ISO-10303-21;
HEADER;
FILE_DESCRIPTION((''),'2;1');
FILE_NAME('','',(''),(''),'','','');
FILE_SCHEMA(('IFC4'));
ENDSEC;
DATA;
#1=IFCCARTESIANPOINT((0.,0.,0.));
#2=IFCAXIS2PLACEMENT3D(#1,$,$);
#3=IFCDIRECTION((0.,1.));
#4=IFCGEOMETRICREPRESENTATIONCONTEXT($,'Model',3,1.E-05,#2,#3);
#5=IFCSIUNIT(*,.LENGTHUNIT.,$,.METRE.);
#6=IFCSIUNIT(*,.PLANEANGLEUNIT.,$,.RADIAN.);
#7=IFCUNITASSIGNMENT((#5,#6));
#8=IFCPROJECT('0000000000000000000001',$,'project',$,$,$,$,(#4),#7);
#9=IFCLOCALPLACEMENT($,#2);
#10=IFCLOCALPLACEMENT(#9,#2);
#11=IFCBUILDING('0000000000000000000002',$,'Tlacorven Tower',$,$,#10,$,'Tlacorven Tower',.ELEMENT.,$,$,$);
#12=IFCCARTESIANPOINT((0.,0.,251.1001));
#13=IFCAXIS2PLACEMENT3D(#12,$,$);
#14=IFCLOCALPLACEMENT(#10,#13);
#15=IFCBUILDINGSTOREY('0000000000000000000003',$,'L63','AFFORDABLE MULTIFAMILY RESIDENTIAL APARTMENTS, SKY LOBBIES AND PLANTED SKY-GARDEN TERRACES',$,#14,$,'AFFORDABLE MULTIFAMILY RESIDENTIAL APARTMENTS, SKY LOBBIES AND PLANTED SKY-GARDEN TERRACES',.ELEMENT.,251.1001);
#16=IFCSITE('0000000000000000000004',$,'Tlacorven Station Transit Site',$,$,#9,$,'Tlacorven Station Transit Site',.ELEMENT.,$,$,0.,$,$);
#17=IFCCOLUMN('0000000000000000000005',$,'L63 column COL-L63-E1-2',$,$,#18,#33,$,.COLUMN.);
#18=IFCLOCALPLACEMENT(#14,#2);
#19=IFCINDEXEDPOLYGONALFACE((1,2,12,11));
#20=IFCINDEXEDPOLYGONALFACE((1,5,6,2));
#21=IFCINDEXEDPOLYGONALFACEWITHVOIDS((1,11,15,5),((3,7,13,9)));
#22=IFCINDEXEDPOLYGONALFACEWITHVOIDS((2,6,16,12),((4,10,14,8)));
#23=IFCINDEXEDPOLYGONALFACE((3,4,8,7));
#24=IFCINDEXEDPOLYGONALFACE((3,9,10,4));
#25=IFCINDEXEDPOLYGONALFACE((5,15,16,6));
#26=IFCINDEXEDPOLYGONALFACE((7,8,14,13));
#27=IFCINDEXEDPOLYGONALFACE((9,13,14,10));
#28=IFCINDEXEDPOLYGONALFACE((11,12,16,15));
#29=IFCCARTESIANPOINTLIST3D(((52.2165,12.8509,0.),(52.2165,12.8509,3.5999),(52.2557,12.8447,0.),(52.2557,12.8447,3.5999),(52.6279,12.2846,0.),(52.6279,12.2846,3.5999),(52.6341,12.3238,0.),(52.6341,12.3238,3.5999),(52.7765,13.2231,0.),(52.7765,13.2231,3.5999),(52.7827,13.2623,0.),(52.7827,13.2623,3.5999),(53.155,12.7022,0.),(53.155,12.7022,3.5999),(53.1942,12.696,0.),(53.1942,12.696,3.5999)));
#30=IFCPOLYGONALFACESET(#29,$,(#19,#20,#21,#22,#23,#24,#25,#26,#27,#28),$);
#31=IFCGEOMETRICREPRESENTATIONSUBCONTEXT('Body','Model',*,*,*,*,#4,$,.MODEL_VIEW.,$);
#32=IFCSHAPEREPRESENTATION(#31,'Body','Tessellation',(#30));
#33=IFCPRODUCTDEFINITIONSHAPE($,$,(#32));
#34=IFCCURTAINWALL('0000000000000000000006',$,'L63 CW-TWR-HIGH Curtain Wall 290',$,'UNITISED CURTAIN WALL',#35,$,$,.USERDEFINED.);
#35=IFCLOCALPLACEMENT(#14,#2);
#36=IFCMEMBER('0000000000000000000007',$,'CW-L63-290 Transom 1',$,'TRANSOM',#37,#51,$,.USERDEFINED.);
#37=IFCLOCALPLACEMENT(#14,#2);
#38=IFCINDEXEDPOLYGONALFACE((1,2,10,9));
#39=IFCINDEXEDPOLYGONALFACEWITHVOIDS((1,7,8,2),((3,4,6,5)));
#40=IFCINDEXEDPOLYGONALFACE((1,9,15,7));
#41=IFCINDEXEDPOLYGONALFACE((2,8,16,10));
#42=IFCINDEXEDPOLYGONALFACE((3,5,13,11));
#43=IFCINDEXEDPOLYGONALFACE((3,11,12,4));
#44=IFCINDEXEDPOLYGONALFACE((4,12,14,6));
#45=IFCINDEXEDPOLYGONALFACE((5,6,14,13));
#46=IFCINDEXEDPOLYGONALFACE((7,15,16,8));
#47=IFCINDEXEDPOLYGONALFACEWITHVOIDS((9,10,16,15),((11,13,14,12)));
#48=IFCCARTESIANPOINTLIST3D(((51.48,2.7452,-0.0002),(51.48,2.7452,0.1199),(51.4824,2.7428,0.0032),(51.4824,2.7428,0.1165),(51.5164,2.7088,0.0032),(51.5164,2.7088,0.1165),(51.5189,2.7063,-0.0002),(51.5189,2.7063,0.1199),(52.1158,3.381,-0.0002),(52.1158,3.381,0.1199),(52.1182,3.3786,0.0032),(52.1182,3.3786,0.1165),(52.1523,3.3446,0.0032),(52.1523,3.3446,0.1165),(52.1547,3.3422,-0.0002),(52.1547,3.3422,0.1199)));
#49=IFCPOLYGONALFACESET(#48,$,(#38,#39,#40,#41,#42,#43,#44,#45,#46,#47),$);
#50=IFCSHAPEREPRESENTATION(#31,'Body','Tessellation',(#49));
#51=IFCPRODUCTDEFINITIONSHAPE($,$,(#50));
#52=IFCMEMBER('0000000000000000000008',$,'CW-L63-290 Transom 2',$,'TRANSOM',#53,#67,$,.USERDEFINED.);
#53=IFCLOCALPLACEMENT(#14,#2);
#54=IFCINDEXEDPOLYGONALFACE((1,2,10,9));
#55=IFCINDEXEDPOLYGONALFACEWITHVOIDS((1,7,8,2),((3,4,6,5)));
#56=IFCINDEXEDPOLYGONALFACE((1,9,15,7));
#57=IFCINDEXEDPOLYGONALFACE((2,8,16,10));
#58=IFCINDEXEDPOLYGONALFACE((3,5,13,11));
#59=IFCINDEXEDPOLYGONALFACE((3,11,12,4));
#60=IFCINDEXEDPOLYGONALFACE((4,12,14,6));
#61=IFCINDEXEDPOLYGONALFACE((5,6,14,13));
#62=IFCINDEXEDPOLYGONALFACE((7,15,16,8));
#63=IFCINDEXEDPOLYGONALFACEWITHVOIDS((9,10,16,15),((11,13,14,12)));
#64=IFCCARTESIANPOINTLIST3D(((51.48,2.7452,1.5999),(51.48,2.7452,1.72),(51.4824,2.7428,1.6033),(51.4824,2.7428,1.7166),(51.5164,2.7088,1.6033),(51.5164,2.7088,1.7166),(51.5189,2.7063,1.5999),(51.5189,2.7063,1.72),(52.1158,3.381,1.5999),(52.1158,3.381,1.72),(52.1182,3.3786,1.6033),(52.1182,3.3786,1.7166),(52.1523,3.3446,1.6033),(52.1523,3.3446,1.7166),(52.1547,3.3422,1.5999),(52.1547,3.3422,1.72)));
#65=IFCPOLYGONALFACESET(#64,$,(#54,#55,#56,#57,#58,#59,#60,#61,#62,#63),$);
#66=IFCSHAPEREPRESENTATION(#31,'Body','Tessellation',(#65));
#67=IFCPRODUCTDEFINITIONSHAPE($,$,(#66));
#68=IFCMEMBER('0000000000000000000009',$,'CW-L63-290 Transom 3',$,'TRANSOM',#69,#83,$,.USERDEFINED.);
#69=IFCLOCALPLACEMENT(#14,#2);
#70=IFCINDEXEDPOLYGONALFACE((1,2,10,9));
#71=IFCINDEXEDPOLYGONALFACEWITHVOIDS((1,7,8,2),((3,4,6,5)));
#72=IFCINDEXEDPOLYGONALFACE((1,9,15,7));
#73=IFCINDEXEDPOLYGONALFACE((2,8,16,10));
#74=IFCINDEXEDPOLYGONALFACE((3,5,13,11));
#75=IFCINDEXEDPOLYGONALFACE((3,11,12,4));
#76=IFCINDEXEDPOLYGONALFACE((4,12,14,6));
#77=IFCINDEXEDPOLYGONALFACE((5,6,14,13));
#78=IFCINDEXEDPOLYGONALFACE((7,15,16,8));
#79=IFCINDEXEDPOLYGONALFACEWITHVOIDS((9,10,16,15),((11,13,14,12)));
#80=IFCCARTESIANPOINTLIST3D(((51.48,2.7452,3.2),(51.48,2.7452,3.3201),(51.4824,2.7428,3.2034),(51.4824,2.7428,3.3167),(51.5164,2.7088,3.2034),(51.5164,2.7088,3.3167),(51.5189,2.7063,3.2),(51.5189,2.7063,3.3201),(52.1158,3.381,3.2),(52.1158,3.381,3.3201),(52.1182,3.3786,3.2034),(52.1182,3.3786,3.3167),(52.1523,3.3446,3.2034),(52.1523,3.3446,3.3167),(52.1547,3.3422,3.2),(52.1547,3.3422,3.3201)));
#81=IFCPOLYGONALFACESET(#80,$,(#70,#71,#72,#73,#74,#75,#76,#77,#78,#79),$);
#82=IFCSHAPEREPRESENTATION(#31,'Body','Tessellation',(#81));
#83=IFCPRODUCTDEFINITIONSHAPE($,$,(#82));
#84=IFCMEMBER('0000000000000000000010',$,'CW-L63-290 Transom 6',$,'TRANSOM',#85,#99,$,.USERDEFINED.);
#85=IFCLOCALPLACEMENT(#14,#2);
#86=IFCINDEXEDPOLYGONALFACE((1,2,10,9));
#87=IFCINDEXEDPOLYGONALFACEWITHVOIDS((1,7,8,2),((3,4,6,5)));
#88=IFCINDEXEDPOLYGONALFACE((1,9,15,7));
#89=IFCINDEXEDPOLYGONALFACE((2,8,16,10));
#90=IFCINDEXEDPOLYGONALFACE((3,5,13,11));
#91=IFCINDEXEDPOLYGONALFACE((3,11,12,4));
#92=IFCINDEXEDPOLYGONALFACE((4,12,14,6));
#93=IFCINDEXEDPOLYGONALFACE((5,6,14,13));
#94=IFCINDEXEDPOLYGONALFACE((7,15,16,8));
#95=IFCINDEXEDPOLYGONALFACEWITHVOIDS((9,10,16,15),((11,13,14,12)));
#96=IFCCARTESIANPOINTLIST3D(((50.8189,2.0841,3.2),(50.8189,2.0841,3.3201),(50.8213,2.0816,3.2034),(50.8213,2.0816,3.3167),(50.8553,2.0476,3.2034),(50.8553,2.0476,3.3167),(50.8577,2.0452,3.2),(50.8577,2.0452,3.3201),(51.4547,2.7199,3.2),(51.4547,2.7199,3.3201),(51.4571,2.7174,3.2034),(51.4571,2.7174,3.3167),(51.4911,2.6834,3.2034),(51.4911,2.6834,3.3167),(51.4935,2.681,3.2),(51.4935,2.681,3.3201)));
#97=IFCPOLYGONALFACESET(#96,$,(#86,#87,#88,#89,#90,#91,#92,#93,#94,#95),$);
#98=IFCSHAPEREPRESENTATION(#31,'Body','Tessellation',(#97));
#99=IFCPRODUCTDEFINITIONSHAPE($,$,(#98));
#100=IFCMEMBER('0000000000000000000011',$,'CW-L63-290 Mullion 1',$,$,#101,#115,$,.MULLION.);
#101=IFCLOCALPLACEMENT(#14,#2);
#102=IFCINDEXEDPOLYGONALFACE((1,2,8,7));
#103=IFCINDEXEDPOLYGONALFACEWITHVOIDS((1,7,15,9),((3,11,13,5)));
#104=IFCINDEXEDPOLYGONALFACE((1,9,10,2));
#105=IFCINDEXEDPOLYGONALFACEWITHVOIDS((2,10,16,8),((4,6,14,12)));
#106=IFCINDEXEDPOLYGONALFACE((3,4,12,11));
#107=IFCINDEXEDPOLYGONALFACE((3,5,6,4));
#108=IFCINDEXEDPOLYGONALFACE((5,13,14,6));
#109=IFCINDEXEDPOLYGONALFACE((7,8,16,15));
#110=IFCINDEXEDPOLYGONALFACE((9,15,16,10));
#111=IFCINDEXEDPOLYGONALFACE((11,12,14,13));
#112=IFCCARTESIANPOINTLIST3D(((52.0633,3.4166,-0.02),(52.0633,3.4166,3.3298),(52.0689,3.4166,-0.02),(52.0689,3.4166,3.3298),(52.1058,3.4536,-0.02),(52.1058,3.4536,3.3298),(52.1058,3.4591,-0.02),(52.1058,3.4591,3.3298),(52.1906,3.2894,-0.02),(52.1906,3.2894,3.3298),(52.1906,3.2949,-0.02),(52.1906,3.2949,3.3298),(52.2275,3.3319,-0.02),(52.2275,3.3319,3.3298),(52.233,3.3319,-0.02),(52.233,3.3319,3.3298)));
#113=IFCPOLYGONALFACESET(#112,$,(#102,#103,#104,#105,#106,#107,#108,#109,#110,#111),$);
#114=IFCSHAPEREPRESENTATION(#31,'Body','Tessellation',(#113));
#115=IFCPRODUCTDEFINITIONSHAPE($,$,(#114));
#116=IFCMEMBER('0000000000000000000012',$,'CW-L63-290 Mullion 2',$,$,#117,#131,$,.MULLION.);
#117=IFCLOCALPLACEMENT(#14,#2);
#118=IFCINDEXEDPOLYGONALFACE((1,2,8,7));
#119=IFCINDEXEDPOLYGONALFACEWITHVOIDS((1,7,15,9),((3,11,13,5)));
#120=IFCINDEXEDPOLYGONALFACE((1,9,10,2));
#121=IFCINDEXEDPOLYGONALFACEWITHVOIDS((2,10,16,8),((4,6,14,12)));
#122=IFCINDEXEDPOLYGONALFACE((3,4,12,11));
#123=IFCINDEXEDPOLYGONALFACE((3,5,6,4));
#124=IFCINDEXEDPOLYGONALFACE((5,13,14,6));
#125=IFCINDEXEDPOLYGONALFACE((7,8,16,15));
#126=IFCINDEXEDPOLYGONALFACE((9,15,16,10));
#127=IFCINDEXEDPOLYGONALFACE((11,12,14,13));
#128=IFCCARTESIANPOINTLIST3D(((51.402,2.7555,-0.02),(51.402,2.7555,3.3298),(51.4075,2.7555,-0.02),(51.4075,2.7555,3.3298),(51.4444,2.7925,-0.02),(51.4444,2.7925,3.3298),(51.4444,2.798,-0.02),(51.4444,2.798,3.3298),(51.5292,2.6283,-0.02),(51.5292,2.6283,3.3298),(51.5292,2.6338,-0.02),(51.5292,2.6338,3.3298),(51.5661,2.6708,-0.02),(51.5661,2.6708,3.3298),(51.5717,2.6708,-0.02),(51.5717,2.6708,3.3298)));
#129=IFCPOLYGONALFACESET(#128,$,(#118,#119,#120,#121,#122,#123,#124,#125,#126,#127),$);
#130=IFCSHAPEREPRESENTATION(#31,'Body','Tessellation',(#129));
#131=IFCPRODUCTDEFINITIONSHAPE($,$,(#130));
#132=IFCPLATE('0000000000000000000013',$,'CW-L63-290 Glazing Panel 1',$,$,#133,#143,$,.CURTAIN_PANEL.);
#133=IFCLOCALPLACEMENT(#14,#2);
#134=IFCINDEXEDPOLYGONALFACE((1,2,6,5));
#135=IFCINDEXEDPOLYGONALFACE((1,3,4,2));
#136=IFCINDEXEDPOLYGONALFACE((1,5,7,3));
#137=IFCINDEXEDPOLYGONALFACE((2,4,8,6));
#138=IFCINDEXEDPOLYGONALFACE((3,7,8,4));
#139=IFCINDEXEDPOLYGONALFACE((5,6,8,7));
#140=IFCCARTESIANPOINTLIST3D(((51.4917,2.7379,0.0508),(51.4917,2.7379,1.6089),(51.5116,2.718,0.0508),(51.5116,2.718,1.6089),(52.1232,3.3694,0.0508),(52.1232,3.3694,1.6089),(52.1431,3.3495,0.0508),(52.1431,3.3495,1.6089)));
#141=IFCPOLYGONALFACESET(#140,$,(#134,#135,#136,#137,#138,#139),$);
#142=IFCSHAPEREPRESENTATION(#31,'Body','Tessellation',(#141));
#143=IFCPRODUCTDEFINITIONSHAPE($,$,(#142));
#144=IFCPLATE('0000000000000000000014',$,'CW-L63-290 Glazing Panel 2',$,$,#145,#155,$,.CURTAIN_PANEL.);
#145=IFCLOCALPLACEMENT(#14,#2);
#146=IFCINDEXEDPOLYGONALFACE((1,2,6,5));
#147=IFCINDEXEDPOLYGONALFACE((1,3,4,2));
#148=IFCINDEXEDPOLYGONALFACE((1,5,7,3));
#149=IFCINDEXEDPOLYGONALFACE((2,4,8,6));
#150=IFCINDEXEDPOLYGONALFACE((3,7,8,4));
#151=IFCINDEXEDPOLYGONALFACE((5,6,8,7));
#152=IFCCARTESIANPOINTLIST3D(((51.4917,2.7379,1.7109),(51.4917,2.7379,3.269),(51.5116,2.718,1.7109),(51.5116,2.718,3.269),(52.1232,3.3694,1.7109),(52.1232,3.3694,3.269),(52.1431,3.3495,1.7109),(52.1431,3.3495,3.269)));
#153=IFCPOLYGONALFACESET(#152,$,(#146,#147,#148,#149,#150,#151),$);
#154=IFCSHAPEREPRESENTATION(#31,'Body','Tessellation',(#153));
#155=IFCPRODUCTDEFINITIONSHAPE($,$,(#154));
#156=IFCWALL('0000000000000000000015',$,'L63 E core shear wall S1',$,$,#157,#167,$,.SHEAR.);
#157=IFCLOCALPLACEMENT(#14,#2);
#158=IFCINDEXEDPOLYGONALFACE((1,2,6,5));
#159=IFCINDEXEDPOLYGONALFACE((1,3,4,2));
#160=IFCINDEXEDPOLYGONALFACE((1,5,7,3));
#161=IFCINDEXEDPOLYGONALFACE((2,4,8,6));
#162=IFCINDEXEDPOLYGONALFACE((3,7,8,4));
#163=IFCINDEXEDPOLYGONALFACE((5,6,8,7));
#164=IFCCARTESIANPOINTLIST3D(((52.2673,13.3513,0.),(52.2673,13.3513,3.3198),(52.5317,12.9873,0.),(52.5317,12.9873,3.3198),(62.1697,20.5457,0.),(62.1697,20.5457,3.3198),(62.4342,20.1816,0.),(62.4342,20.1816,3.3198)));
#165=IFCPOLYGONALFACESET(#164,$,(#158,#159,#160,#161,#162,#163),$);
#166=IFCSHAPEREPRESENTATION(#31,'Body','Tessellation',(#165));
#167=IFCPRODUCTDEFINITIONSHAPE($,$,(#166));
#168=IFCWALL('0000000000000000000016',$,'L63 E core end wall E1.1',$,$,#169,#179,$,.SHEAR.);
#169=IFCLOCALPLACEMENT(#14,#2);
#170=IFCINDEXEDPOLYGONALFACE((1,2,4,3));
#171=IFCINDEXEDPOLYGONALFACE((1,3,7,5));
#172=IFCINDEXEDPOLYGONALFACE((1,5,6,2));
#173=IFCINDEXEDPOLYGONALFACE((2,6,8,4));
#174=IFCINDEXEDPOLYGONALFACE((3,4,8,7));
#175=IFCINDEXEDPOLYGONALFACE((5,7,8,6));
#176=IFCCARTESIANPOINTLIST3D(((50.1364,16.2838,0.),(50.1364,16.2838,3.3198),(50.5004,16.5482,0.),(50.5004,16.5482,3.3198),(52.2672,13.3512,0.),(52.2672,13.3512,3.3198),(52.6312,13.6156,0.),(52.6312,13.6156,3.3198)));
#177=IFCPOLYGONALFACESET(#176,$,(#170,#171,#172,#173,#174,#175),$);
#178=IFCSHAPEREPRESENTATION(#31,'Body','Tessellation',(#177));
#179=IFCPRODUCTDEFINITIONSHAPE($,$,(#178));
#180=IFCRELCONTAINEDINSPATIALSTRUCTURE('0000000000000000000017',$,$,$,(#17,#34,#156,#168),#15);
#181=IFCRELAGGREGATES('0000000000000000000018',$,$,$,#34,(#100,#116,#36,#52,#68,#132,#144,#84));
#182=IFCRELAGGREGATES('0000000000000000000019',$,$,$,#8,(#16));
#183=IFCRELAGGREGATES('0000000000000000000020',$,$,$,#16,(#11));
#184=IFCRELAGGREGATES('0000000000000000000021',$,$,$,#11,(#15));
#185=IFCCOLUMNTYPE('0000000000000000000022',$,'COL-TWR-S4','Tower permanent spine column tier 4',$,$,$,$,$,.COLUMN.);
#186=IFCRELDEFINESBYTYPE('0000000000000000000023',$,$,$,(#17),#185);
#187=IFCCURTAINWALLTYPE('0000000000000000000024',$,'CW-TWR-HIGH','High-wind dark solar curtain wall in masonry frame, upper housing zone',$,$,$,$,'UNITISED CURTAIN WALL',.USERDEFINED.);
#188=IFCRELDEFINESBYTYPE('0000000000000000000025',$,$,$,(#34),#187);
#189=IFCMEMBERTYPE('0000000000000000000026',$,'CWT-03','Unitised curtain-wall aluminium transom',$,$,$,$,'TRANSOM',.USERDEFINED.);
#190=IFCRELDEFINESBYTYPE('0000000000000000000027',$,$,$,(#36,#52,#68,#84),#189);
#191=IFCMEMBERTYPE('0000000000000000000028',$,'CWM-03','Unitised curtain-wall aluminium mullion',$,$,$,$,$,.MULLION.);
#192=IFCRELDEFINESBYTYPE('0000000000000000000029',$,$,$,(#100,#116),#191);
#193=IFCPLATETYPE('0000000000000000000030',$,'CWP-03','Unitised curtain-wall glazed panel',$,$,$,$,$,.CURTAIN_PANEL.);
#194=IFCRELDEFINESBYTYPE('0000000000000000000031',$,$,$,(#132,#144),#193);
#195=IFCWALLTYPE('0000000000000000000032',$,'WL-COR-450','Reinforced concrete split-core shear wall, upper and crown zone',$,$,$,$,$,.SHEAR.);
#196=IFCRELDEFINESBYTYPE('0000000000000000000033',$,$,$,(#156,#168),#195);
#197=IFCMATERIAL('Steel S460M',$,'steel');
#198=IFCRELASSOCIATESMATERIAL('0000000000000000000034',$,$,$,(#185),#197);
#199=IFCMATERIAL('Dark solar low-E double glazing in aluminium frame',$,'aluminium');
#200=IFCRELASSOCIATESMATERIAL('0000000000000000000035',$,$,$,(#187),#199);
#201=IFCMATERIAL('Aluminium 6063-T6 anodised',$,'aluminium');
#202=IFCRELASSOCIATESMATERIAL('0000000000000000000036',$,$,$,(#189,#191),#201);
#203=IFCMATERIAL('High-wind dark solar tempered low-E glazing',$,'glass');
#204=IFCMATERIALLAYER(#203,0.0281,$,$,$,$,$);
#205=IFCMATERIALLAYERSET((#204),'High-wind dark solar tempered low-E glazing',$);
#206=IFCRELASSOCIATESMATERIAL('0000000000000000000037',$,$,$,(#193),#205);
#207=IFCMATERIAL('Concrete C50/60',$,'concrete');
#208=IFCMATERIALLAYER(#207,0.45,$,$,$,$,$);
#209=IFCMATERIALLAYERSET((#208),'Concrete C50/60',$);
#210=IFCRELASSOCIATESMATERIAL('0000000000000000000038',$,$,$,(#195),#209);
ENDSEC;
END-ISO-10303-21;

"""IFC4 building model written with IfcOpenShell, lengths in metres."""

from ifc_helpers import new_model, si_unit, direction, frame, frame_2d, origin, origin_2d, place, context, subcontext, project, spatial, rectangle, hollow_rectangle, extrude, source, transform, mapped, material, layer, layer_set, material_profile, profile_set, type_object, element, aggregate, save


model = new_model("IFC4")

# Units and contexts
model_context = context("Model", 3, precision=1e-05, world=origin(), true_north=direction((0.0, 1.0)))
body_context = subcontext(model_context, "Body", "Model", "MODEL_VIEW")
ifc_project = project(units=[si_unit("LENGTHUNIT", "METRE"), si_unit("PLANEANGLEUNIT", "RADIAN")], contexts=[model_context])

# Site, building, storey
site_placement = place(None, origin())
site = spatial("IfcSite", under=ifc_project, at=site_placement, Name="Tlacorven Station Transit Site", LongName="Tlacorven Station Transit Site", CompositionType="ELEMENT", RefElevation=0.0)
building_placement = place(site_placement, origin())
building = spatial("IfcBuilding", under=site, at=building_placement, Name="Tlacorven Tower", LongName="Tlacorven Tower", CompositionType="ELEMENT")
storey_placement = place(building_placement, frame((0.0, 0.0, 251.1001)))
storey = spatial("IfcBuildingStorey", under=building, at=storey_placement, Name="L63", Description="AFFORDABLE MULTIFAMILY RESIDENTIAL APARTMENTS, SKY LOBBIES AND PLANTED SKY-GARDEN TERRACES", LongName="AFFORDABLE MULTIFAMILY RESIDENTIAL APARTMENTS, SKY LOBBIES AND PLANTED SKY-GARDEN TERRACES", CompositionType="ELEMENT", Elevation=251.1001)

# Column
ifc_material_1 = material(Name="Steel S460M", Category="steel")
ifc_material_profile_1 = material_profile(ifc_material_1, hollow_rectangle(XDim=0.7, YDim=0.7, WallThickness=0.0281, at=origin_2d()), Name="BOX 700X700X28")
ifc_profile_set_1 = profile_set([ifc_material_profile_1], Name="Steel S460M")
column_type = type_object("IfcColumnType", Name="COL-TWR-S4", Description="Tower permanent spine column tier 4", PredefinedType="COLUMN", material=ifc_profile_set_1)
shared_shape_1 = source(origin(), body_context, "Body", "SweptSolid", [
    extrude(hollow_rectangle(XDim=0.7, YDim=0.7, WallThickness=0.0281, at=origin_2d()), origin(), (0.0, 0.0, 1.0), 3.5999),
])
column_placement = place(storey_placement, frame((52.7053, 12.7734, 0.0), z_axis=(0.0, 0.0, 1.0), x_axis=(0.809017, 0.587785, 0.0)))
element("IfcColumn", 1, at=column_placement, inside=storey, type_object=column_type, Name="L63 column COL-L63-E1-2", PredefinedType="COLUMN", context=body_context, shape_type="MappedRepresentation", body=[
    mapped(shared_shape_1, transform((0.0, 0.0, 0.0), scale=1.0)),
])

# Curtain wall, members, plates
ifc_material_2 = material(Name="Dark solar low-E double glazing in aluminium frame", Category="aluminium")
curtain_wall_type = type_object("IfcCurtainWallType", Name="CW-TWR-HIGH", Description="High-wind dark solar curtain wall in masonry frame, upper housing zone", ElementType="UNITISED CURTAIN WALL", PredefinedType="USERDEFINED", material=ifc_material_2)
curtain_wall_placement = place(storey_placement, origin())
curtain_wall = element("IfcCurtainWall", 2, at=curtain_wall_placement, inside=storey, type_object=curtain_wall_type, Name="L63 CW-TWR-HIGH Curtain Wall 290", ObjectType="UNITISED CURTAIN WALL", PredefinedType="USERDEFINED")
ifc_material_3 = material(Name="Aluminium 6063-T6 anodised", Category="aluminium")
ifc_material_profile_2 = material_profile(ifc_material_3, hollow_rectangle(XDim=0.0549, YDim=0.1201, WallThickness=0.0034, at=origin_2d()), Name="ALU TRANSOM 55X120")
ifc_profile_set_2 = profile_set([ifc_material_profile_2], Name="Aluminium 6063-T6 anodised")
member_type_1 = type_object("IfcMemberType", Name="CWT-03", Description="Unitised curtain-wall aluminium transom", ElementType="TRANSOM", PredefinedType="USERDEFINED", material=ifc_profile_set_2)
shared_shape_2 = source(origin(), body_context, "Body", "SweptSolid", [
    extrude(hollow_rectangle(XDim=0.0549, YDim=0.1201, WallThickness=0.0034, at=origin_2d()), origin(), (0.0, 0.0, 1.0), 0.8992),
])
member_1_placement = place(storey_placement, frame((52.1353, 3.3616, 0.0598), z_axis=(-0.707107, -0.707107, 0.0), x_axis=(0.707107, -0.707107, 0.0)))
member_1 = element("IfcMember", 3, at=member_1_placement, type_object=member_type_1, Name="CW-L63-290 Transom 1", ObjectType="TRANSOM", PredefinedType="USERDEFINED", context=body_context, shape_type="MappedRepresentation", body=[
    mapped(shared_shape_2, transform((0.0, 0.0, 0.0), scale=1.0)),
])
member_2_placement = place(storey_placement, frame((52.1353, 3.3616, 1.6599), z_axis=(-0.707107, -0.707107, 0.0), x_axis=(0.707107, -0.707107, 0.0)))
member_2 = element("IfcMember", 4, at=member_2_placement, type_object=member_type_1, Name="CW-L63-290 Transom 2", ObjectType="TRANSOM", PredefinedType="USERDEFINED", context=body_context, shape_type="MappedRepresentation", body=[
    mapped(shared_shape_2, transform((0.0, 0.0, 0.0), scale=1.0)),
])
member_3_placement = place(storey_placement, frame((52.1353, 3.3616, 3.26), z_axis=(-0.707107, -0.707107, 0.0), x_axis=(0.707107, -0.707107, 0.0)))
member_3 = element("IfcMember", 5, at=member_3_placement, type_object=member_type_1, Name="CW-L63-290 Transom 3", ObjectType="TRANSOM", PredefinedType="USERDEFINED", context=body_context, shape_type="MappedRepresentation", body=[
    mapped(shared_shape_2, transform((0.0, 0.0, 0.0), scale=1.0)),
])
member_4_placement = place(storey_placement, frame((51.4741, 2.7004, 3.26), z_axis=(-0.707107, -0.707107, 0.0), x_axis=(0.707107, -0.707107, 0.0)))
member_4 = element("IfcMember", 6, at=member_4_placement, type_object=member_type_1, Name="CW-L63-290 Transom 6", ObjectType="TRANSOM", PredefinedType="USERDEFINED", context=body_context, shape_type="MappedRepresentation", body=[
    mapped(shared_shape_2, transform((0.0, 0.0, 0.0), scale=1.0)),
])
ifc_material_profile_3 = material_profile(ifc_material_3, hollow_rectangle(XDim=0.0601, YDim=0.1799, WallThickness=0.0039, at=origin_2d()), Name="ALU MULLION 60X180")
ifc_profile_set_3 = profile_set([ifc_material_profile_3], Name="Aluminium 6063-T6 anodised")
member_type_2 = type_object("IfcMemberType", Name="CWM-03", Description="Unitised curtain-wall aluminium mullion", PredefinedType="MULLION", material=ifc_profile_set_3)
shared_shape_3 = source(origin(), body_context, "Body", "SweptSolid", [
    extrude(hollow_rectangle(XDim=0.0601, YDim=0.1799, WallThickness=0.0039, at=origin_2d()), origin(), (0.0, 0.0, 1.0), 3.3499),
])
member_5_placement = place(storey_placement, frame((52.1482, 3.3743, -0.02), z_axis=(0.0, 0.0, 1.0), x_axis=(-0.707107, -0.707107, 0.0)))
member_5 = element("IfcMember", 7, at=member_5_placement, type_object=member_type_2, Name="CW-L63-290 Mullion 1", PredefinedType="MULLION", context=body_context, shape_type="MappedRepresentation", body=[
    mapped(shared_shape_3, transform((0.0, 0.0, 0.0), scale=1.0)),
])
member_6_placement = place(storey_placement, frame((51.4868, 2.7131, -0.02), z_axis=(0.0, 0.0, 1.0), x_axis=(-0.707107, -0.707107, 0.0)))
member_6 = element("IfcMember", 8, at=member_6_placement, type_object=member_type_2, Name="CW-L63-290 Mullion 2", PredefinedType="MULLION", context=body_context, shape_type="MappedRepresentation", body=[
    mapped(shared_shape_3, transform((0.0, 0.0, 0.0), scale=1.0)),
])
ifc_material_4 = material(Name="High-wind dark solar tempered low-E glazing", Category="glass")
ifc_layer_1 = layer(ifc_material_4, 0.0281)
ifc_layer_set_1 = layer_set([ifc_layer_1], Name="High-wind dark solar tempered low-E glazing")
plate_type = type_object("IfcPlateType", Name="CWP-03", Description="Unitised curtain-wall glazed panel", PredefinedType="CURTAIN_PANEL", material=ifc_layer_set_1)
shared_shape_4 = source(origin(), body_context, "Body", "SweptSolid", [
    extrude(rectangle(XDim=0.8931, YDim=0.0281, at=origin_2d()), origin(), (0.0, 0.0, 1.0), 1.5581),
])
plate_1_placement = place(storey_placement, frame((51.8174, 3.0437, 0.0508), z_axis=(0.0, 0.0, 1.0), x_axis=(-0.707107, -0.707107, 0.0)))
plate_1 = element("IfcPlate", 9, at=plate_1_placement, type_object=plate_type, Name="CW-L63-290 Glazing Panel 1", PredefinedType="CURTAIN_PANEL", context=body_context, shape_type="MappedRepresentation", body=[
    mapped(shared_shape_4, transform((0.0, 0.0, 0.0), scale=1.0)),
])
plate_2_placement = place(storey_placement, frame((51.8174, 3.0437, 1.7109), z_axis=(0.0, 0.0, 1.0), x_axis=(-0.707107, -0.707107, 0.0)))
plate_2 = element("IfcPlate", 10, at=plate_2_placement, type_object=plate_type, Name="CW-L63-290 Glazing Panel 2", PredefinedType="CURTAIN_PANEL", context=body_context, shape_type="MappedRepresentation", body=[
    mapped(shared_shape_4, transform((0.0, 0.0, 0.0), scale=1.0)),
])
aggregate(curtain_wall, [member_5, member_6, member_1, member_2, member_3, plate_1, plate_2, member_4])

# Walls
ifc_material_5 = material(Name="Concrete C50/60", Category="concrete")
ifc_layer_2 = layer(ifc_material_5, 0.45)
ifc_layer_set_2 = layer_set([ifc_layer_2], Name="Concrete C50/60")
wall_type_1 = type_object("IfcWallType", Name="WL-COR-450", Description="Reinforced concrete split-core shear wall, upper and crown zone", PredefinedType="SHEAR", material=ifc_layer_set_2)
wall_1_placement = place(storey_placement, frame((52.3994, 13.1692, 0.0), z_axis=(0.0, 0.0, 1.0), x_axis=(0.809022, 0.587778, 0.0)))
element("IfcWall", 11, at=wall_1_placement, inside=storey, type_object=wall_type_1, Name="L63 E core shear wall S1", PredefinedType="SHEAR", context=body_context, shape_type="SweptSolid", body=[
    extrude(rectangle(XDim=12.24, YDim=0.45, at=frame_2d((6.1201, 0.0))), origin(), (0.0, 0.0, 1.0), 3.3198),
])
wall_2_placement = place(storey_placement, frame((52.4492, 13.4834, 0.0), z_axis=(0.0, 0.0, 1.0), x_axis=(-0.587819, 0.808992, 0.0)))
element("IfcWall", 12, at=wall_2_placement, inside=storey, type_object=wall_type_1, Name="L63 E core end wall E1.1", PredefinedType="SHEAR", context=body_context, shape_type="SweptSolid", body=[
    extrude(rectangle(XDim=3.625, YDim=0.45, at=frame_2d((1.8125, 0.0))), origin(), (0.0, 0.0, 1.0), 3.3198),
])

save(model, "model.ifc")
